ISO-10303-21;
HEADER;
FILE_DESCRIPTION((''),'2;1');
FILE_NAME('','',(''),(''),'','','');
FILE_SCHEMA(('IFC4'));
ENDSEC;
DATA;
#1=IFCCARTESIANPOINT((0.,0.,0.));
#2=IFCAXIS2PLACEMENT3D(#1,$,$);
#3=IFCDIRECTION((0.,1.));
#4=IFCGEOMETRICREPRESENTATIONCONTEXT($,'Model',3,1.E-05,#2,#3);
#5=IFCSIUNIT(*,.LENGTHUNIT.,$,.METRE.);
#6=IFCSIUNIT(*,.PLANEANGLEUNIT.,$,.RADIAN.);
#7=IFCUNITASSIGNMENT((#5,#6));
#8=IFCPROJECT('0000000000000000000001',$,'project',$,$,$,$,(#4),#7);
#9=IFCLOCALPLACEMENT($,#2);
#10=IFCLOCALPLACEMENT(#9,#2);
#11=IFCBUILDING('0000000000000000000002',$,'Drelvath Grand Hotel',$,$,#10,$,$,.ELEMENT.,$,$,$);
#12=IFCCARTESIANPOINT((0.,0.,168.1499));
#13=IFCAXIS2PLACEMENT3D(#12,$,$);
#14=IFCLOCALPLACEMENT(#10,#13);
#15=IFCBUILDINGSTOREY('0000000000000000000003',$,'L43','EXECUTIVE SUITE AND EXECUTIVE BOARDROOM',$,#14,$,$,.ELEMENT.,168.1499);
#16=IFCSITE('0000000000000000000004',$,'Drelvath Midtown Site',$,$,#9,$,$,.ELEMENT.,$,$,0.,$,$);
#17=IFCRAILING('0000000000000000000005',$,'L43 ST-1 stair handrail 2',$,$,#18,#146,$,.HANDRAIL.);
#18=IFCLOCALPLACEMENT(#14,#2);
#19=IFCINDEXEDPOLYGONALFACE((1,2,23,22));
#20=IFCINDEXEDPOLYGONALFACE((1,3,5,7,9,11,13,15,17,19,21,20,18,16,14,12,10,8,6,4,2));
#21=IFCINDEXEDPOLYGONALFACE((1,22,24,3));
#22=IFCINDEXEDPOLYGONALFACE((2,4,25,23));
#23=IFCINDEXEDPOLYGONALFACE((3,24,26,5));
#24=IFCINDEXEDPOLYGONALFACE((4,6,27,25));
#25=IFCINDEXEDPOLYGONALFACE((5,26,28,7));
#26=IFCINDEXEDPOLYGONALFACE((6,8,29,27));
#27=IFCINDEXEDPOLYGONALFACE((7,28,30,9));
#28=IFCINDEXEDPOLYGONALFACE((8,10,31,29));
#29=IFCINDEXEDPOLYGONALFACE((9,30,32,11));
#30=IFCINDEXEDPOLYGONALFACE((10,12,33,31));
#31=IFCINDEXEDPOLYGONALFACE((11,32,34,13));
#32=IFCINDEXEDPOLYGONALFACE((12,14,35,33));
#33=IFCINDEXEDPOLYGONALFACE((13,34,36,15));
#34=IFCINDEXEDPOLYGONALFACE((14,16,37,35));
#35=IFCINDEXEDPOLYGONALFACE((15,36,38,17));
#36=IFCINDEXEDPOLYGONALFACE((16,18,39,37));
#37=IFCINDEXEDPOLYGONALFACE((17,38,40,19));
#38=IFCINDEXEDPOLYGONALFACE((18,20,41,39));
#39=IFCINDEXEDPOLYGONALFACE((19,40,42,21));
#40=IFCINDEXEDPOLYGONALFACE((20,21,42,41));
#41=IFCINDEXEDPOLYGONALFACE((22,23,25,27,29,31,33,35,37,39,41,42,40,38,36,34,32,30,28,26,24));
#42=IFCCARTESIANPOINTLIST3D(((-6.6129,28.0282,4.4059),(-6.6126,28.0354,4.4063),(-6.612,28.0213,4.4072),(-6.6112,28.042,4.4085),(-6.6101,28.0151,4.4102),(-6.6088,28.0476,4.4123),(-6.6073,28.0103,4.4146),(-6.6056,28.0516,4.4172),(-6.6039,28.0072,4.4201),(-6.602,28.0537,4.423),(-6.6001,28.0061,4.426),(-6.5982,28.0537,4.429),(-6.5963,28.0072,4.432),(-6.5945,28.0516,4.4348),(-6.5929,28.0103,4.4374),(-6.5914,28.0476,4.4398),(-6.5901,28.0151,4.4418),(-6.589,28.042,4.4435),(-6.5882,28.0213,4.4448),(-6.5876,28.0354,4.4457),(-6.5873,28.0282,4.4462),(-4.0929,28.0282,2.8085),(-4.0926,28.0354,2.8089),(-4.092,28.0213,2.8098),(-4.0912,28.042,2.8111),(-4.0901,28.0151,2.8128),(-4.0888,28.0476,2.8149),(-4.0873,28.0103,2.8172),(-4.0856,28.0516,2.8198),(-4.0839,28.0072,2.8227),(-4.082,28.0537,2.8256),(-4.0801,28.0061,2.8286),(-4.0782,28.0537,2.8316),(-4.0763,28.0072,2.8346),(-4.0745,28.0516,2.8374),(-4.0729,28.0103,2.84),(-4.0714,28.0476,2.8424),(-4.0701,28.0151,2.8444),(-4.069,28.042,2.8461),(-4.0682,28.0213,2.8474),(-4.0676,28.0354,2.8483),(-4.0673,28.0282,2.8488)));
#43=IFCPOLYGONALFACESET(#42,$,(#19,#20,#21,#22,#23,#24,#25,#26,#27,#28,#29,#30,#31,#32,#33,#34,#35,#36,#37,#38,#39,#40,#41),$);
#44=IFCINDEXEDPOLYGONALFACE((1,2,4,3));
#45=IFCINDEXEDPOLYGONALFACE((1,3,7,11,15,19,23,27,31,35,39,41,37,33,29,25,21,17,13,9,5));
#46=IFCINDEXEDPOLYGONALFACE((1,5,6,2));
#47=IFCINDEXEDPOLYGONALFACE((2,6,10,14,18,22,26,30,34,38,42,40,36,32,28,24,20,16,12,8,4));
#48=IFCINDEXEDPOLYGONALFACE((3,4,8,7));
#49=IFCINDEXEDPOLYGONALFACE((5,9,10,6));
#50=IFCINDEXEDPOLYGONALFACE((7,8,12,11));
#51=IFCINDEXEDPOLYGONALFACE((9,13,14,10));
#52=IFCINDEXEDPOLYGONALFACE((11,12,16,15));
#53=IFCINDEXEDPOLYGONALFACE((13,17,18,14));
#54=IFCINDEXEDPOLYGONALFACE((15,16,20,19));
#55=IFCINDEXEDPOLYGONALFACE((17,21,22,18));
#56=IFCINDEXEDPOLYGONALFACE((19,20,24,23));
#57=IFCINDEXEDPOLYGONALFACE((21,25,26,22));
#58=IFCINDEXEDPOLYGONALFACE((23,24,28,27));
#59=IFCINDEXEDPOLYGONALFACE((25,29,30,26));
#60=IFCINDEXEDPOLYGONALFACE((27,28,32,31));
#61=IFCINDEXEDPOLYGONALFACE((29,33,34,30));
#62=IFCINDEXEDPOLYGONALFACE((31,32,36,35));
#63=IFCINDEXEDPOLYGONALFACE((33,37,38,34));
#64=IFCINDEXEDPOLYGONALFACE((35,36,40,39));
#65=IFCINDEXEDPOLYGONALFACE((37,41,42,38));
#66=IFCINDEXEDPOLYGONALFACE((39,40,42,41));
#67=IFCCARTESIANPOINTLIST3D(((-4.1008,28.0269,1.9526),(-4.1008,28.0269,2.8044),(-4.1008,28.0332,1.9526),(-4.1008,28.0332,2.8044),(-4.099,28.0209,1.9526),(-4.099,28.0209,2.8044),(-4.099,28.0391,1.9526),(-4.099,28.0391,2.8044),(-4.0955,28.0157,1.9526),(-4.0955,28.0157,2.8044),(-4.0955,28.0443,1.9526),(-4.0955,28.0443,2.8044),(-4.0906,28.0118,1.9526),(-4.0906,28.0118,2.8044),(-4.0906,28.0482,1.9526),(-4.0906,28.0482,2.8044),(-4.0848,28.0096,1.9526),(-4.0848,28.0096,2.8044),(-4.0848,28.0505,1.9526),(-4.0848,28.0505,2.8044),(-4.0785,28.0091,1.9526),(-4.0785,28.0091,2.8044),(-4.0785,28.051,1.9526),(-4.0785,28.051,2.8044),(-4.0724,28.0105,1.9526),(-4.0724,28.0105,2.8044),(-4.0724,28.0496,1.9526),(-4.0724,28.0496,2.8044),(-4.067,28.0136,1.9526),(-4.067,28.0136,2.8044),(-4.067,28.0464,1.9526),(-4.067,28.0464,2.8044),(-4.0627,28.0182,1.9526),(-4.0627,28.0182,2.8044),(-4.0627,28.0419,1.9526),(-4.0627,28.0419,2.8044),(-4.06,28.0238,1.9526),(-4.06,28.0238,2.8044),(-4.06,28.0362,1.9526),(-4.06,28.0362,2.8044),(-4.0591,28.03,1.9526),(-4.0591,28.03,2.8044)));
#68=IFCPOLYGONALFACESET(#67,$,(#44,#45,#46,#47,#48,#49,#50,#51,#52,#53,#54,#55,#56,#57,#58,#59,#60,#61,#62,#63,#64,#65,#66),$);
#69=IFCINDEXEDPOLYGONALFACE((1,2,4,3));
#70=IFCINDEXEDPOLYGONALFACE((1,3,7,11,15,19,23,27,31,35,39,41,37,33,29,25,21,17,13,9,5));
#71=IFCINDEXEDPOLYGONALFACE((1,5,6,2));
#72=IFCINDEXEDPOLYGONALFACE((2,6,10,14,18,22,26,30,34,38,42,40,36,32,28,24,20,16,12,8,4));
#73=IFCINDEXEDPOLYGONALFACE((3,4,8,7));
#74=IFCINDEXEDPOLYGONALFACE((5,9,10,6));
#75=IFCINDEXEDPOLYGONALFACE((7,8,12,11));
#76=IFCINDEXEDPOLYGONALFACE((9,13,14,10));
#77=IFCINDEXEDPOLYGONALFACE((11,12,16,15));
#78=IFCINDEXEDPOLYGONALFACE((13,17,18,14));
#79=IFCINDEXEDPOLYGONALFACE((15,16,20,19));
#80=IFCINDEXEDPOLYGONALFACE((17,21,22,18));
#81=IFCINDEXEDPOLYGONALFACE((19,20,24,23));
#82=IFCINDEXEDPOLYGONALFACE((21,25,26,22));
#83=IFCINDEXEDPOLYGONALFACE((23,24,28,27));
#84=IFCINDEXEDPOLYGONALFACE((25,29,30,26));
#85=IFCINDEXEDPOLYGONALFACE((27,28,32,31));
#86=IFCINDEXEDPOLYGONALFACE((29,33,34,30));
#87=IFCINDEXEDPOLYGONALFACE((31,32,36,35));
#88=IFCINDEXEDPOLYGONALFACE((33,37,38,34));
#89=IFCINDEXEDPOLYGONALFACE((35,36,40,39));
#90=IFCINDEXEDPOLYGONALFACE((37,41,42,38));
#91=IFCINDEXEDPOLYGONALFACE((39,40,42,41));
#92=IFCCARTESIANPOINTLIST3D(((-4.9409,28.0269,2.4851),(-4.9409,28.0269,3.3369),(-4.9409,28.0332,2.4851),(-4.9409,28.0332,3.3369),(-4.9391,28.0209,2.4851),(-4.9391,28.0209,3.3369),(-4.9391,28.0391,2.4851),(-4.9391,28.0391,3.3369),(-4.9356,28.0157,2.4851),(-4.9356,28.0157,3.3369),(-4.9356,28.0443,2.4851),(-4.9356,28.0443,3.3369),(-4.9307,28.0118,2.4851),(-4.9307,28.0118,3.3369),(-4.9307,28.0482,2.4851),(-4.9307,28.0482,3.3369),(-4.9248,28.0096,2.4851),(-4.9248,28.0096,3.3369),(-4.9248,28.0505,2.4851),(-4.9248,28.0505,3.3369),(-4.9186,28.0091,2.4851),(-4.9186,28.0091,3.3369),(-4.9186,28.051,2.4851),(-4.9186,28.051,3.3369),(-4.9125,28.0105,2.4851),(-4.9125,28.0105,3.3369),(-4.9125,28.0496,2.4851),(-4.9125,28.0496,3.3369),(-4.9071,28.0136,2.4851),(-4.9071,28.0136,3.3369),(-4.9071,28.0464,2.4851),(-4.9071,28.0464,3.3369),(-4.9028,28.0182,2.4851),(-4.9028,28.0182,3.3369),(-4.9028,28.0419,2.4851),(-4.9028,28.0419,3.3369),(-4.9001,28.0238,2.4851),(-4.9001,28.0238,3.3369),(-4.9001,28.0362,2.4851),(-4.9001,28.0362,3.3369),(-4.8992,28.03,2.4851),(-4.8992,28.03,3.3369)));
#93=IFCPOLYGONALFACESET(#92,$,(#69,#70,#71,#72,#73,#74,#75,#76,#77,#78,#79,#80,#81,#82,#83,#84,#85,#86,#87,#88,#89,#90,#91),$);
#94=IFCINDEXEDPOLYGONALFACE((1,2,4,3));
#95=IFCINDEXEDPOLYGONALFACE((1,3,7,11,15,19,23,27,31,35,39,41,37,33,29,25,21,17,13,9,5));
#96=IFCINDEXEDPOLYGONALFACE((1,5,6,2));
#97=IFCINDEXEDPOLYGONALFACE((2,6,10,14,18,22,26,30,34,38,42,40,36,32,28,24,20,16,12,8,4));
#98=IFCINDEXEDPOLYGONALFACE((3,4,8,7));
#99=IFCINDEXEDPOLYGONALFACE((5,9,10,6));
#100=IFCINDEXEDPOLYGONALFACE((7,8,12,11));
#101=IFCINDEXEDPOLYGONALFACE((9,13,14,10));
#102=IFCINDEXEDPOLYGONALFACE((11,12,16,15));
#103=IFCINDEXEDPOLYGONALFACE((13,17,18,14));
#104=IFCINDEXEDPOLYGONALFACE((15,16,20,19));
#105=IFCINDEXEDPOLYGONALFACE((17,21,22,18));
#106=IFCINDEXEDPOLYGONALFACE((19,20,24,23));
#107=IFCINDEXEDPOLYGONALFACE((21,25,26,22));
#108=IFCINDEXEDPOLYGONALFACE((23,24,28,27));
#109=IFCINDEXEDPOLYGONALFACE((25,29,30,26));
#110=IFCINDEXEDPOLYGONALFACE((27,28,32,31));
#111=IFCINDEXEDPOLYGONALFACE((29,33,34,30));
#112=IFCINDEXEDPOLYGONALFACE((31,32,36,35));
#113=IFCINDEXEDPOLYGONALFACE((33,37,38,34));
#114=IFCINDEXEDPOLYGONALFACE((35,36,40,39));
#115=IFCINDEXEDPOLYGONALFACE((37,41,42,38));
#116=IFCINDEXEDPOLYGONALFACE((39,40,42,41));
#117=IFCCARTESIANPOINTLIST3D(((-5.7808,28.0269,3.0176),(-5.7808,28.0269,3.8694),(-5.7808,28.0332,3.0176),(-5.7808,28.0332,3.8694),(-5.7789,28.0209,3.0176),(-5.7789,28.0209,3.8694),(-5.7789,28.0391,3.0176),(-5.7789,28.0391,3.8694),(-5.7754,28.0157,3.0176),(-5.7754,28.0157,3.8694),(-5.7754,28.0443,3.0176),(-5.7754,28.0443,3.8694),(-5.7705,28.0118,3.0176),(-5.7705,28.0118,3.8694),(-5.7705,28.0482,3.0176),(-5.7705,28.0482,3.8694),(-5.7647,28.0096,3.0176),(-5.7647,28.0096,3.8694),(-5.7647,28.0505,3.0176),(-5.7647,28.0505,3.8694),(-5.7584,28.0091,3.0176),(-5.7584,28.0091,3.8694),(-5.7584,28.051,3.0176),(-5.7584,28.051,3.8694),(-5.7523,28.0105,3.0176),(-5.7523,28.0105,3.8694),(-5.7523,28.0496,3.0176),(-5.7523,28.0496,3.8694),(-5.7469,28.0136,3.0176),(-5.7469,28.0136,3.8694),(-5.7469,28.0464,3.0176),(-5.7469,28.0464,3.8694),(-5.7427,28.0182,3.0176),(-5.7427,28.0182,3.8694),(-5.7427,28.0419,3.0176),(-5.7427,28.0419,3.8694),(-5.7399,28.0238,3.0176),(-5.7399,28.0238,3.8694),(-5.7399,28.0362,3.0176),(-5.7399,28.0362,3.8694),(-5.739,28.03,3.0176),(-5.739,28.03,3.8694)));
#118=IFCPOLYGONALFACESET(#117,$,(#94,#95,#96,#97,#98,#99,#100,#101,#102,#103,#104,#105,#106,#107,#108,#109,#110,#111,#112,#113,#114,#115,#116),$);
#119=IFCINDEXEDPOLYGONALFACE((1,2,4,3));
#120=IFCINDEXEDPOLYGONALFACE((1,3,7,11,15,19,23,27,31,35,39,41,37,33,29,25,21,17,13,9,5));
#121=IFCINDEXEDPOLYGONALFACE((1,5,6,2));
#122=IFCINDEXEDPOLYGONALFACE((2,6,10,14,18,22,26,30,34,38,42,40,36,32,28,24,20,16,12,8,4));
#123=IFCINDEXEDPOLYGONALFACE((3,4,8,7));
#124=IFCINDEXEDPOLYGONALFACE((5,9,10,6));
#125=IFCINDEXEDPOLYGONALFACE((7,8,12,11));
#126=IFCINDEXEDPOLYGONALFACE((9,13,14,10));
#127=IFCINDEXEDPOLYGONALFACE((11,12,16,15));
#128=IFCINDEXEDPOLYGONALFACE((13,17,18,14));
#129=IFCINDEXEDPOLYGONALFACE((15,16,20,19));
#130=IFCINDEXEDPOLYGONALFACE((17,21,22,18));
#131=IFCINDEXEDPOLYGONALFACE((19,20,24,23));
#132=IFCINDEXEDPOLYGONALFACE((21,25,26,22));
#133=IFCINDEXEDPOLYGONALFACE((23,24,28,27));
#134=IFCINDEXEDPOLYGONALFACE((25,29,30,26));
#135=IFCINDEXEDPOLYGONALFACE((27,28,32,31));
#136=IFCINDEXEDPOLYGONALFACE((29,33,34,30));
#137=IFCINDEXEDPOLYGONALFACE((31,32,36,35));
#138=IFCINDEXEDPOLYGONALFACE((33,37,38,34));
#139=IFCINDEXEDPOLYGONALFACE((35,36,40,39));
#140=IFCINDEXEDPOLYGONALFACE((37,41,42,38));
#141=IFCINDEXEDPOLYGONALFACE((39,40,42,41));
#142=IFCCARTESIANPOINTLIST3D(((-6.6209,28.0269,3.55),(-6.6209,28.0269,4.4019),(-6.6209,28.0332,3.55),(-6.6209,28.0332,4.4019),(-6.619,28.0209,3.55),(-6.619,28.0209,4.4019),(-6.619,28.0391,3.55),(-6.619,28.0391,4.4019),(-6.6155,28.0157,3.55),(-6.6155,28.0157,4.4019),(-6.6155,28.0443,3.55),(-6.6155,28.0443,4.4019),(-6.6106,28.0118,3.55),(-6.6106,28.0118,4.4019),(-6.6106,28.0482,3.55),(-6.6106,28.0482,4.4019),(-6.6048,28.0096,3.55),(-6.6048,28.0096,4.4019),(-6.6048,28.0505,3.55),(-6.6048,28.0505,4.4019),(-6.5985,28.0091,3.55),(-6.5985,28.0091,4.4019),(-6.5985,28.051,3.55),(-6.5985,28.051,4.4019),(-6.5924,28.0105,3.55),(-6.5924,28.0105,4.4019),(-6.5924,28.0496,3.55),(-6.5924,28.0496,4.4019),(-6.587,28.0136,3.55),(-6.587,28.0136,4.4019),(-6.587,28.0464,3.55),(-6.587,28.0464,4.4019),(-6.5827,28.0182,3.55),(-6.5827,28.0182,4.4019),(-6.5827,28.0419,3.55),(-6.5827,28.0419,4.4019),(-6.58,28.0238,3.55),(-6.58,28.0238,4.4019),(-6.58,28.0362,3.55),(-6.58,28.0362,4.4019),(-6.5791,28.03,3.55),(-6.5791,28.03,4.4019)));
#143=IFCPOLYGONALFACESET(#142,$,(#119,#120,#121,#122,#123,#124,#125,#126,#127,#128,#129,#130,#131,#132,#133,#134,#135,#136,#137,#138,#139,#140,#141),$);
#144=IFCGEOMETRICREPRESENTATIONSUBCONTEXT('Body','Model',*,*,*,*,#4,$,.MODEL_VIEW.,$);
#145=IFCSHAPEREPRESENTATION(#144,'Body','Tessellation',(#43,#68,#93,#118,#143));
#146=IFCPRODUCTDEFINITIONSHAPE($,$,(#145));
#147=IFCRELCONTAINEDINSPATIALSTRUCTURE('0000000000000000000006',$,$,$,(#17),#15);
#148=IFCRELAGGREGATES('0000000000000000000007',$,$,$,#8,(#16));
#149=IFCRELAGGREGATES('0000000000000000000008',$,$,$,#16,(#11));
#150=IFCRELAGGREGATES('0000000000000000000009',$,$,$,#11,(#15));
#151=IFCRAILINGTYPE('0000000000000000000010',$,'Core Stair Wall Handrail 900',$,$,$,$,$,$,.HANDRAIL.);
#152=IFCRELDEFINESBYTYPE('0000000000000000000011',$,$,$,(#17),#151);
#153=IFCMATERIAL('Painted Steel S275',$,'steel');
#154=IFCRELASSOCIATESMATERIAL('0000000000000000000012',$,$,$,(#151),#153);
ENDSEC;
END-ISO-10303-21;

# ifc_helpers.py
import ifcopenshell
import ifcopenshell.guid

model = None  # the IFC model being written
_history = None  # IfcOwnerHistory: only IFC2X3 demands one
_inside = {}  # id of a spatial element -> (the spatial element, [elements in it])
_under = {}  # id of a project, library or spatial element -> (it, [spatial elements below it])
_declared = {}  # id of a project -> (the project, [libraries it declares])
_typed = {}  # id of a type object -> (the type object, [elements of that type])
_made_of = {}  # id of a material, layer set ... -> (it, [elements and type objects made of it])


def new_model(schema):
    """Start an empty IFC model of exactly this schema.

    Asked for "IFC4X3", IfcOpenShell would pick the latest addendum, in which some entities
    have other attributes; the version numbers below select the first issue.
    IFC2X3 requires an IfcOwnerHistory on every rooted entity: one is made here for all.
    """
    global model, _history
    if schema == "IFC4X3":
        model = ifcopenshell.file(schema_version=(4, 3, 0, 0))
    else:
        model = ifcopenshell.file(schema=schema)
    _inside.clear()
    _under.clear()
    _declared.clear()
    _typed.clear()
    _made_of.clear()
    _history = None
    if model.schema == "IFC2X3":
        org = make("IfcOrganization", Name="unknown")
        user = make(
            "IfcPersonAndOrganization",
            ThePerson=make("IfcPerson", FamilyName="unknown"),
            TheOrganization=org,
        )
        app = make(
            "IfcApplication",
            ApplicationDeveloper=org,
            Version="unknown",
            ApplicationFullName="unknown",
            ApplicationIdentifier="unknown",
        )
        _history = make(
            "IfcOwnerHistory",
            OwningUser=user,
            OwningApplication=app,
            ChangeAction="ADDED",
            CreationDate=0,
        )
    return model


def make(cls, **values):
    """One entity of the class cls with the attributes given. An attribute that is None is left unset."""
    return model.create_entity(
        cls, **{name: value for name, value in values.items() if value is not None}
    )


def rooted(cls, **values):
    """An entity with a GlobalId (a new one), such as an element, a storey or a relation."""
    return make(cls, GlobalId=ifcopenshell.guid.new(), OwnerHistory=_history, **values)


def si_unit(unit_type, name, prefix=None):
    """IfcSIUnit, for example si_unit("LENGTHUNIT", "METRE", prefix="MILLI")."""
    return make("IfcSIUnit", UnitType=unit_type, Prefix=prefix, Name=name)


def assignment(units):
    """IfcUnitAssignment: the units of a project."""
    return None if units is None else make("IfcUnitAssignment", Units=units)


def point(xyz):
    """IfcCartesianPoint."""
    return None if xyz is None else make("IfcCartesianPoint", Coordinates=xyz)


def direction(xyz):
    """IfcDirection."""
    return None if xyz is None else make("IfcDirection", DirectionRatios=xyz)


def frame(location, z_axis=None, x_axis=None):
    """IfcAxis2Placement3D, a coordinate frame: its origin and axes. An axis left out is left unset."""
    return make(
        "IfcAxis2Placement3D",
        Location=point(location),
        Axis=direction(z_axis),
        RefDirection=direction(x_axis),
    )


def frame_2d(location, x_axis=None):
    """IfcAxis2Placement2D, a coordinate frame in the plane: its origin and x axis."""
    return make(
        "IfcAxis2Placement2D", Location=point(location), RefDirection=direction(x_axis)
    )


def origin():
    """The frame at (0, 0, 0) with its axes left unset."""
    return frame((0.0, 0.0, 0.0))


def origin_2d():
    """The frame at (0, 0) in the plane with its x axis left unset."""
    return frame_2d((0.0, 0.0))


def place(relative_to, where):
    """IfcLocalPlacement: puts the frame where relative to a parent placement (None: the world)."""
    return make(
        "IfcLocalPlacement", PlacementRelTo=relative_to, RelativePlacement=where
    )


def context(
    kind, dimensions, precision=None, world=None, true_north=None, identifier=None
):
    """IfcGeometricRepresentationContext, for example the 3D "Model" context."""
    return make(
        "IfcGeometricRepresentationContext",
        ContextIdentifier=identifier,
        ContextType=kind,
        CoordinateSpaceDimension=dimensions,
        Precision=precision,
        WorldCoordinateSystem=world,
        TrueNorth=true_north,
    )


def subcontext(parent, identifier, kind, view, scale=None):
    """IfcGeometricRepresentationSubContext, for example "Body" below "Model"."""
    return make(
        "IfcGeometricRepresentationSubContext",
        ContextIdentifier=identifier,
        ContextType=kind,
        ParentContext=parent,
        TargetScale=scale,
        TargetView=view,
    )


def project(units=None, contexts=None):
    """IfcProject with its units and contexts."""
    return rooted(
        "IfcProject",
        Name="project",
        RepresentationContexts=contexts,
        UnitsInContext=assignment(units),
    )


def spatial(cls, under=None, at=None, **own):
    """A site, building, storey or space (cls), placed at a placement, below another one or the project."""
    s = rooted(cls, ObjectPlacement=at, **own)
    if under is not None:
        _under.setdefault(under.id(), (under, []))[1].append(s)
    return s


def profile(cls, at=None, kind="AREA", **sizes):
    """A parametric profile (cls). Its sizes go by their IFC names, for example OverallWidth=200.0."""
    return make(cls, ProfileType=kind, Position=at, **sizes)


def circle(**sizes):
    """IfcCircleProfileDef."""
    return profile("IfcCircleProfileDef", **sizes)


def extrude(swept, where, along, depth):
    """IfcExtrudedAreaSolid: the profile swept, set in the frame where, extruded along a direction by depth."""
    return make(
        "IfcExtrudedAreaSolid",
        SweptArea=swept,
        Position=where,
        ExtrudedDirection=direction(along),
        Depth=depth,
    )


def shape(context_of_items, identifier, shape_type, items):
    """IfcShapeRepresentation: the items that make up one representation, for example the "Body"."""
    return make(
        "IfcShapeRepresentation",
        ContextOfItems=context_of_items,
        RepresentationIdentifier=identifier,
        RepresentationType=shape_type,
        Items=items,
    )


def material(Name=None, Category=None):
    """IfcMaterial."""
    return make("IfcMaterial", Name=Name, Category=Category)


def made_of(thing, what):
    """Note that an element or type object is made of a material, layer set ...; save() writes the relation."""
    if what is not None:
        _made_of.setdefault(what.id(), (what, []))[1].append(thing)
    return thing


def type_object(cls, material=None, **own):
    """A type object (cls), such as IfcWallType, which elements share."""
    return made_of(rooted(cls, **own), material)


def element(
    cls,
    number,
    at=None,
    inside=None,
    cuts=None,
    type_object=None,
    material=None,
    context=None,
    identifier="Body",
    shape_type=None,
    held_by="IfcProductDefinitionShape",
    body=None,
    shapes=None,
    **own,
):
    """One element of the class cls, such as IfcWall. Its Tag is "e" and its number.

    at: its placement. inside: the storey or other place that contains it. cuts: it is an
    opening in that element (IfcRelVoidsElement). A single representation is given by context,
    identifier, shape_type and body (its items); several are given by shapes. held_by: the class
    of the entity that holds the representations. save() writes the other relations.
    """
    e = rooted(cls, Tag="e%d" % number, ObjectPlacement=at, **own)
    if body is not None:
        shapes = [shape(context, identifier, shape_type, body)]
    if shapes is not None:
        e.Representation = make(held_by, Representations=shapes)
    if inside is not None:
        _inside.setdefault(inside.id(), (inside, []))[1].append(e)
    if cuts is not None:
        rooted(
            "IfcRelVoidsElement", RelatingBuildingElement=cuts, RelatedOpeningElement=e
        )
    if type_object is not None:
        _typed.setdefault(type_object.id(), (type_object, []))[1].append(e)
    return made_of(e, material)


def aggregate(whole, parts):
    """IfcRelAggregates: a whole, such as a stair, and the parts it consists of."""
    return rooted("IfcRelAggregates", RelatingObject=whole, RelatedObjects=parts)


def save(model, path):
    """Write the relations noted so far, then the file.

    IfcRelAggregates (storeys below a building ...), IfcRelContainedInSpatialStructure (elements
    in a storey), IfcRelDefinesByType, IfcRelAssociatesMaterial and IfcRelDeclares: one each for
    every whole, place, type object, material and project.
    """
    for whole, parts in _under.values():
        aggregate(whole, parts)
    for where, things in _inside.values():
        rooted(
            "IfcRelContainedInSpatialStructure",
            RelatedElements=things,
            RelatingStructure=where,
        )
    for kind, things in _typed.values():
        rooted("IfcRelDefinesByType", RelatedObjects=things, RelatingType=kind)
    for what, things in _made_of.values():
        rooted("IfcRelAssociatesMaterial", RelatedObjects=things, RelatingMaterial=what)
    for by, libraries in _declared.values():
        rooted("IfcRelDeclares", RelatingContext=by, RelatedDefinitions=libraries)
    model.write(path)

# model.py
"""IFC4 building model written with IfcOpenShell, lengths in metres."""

from ifc_helpers import new_model, si_unit, direction, frame, origin, origin_2d, place, context, subcontext, project, spatial, circle, extrude, material, type_object, element, save


model = new_model("IFC4")

# Units and contexts
model_context = context("Model", 3, precision=1e-05, world=origin(), true_north=direction((0.0, 1.0)))
body_context = subcontext(model_context, "Body", "Model", "MODEL_VIEW")
ifc_project = project(units=[si_unit("LENGTHUNIT", "METRE"), si_unit("PLANEANGLEUNIT", "RADIAN")], contexts=[model_context])

# Site, building, storey
site_placement = place(None, origin())
site = spatial("IfcSite", under=ifc_project, at=site_placement, Name="Drelvath Midtown Site", CompositionType="ELEMENT", RefElevation=0.0)
building_placement = place(site_placement, origin())
building = spatial("IfcBuilding", under=site, at=building_placement, Name="Drelvath Grand Hotel", CompositionType="ELEMENT")
storey_placement = place(building_placement, frame((0.0, 0.0, 168.1499)))
storey = spatial("IfcBuildingStorey", under=building, at=storey_placement, Name="L43", Description="EXECUTIVE SUITE AND EXECUTIVE BOARDROOM", CompositionType="ELEMENT", Elevation=168.1499)

# Shared definitions
ifc_material_1 = material(Name="Painted Steel S275", Category="steel")

# Railing
railing_type = type_object("IfcRailingType", Name="Core Stair Wall Handrail 900", PredefinedType="HANDRAIL", material=ifc_material_1)
railing_placement = place(storey_placement, frame((-4.0801, 28.03, 1.9526)))
element("IfcRailing", 1, at=railing_placement, inside=storey, type_object=railing_type, Name="L43 ST-1 stair handrail 2", PredefinedType="HANDRAIL", context=body_context, shape_type="SweptSolid", body=[
    extrude(circle(Radius=0.0239, at=origin_2d()), frame((0.0, 0.0, 0.876), z_axis=(-0.844607, 0.0, 0.535387), x_axis=(0.0, -1.0, 0.0)), (0.0, 0.0, 1.0), 2.9836),
    extrude(circle(Radius=0.021, at=origin_2d()), origin(), (0.0, 0.0, 1.0), 0.8518),
    extrude(circle(Radius=0.021, at=origin_2d()), frame((-0.8401, 0.0, 0.5325)), (0.0, 0.0, 1.0), 0.8518),
    extrude(circle(Radius=0.021, at=origin_2d()), frame((-1.6799, 0.0, 1.0649)), (0.0, 0.0, 1.0), 0.8518),
    extrude(circle(Radius=0.021, at=origin_2d()), frame((-2.52, 0.0, 1.5974)), (0.0, 0.0, 1.0), 0.8518),
])

save(model, "model.ifc")
